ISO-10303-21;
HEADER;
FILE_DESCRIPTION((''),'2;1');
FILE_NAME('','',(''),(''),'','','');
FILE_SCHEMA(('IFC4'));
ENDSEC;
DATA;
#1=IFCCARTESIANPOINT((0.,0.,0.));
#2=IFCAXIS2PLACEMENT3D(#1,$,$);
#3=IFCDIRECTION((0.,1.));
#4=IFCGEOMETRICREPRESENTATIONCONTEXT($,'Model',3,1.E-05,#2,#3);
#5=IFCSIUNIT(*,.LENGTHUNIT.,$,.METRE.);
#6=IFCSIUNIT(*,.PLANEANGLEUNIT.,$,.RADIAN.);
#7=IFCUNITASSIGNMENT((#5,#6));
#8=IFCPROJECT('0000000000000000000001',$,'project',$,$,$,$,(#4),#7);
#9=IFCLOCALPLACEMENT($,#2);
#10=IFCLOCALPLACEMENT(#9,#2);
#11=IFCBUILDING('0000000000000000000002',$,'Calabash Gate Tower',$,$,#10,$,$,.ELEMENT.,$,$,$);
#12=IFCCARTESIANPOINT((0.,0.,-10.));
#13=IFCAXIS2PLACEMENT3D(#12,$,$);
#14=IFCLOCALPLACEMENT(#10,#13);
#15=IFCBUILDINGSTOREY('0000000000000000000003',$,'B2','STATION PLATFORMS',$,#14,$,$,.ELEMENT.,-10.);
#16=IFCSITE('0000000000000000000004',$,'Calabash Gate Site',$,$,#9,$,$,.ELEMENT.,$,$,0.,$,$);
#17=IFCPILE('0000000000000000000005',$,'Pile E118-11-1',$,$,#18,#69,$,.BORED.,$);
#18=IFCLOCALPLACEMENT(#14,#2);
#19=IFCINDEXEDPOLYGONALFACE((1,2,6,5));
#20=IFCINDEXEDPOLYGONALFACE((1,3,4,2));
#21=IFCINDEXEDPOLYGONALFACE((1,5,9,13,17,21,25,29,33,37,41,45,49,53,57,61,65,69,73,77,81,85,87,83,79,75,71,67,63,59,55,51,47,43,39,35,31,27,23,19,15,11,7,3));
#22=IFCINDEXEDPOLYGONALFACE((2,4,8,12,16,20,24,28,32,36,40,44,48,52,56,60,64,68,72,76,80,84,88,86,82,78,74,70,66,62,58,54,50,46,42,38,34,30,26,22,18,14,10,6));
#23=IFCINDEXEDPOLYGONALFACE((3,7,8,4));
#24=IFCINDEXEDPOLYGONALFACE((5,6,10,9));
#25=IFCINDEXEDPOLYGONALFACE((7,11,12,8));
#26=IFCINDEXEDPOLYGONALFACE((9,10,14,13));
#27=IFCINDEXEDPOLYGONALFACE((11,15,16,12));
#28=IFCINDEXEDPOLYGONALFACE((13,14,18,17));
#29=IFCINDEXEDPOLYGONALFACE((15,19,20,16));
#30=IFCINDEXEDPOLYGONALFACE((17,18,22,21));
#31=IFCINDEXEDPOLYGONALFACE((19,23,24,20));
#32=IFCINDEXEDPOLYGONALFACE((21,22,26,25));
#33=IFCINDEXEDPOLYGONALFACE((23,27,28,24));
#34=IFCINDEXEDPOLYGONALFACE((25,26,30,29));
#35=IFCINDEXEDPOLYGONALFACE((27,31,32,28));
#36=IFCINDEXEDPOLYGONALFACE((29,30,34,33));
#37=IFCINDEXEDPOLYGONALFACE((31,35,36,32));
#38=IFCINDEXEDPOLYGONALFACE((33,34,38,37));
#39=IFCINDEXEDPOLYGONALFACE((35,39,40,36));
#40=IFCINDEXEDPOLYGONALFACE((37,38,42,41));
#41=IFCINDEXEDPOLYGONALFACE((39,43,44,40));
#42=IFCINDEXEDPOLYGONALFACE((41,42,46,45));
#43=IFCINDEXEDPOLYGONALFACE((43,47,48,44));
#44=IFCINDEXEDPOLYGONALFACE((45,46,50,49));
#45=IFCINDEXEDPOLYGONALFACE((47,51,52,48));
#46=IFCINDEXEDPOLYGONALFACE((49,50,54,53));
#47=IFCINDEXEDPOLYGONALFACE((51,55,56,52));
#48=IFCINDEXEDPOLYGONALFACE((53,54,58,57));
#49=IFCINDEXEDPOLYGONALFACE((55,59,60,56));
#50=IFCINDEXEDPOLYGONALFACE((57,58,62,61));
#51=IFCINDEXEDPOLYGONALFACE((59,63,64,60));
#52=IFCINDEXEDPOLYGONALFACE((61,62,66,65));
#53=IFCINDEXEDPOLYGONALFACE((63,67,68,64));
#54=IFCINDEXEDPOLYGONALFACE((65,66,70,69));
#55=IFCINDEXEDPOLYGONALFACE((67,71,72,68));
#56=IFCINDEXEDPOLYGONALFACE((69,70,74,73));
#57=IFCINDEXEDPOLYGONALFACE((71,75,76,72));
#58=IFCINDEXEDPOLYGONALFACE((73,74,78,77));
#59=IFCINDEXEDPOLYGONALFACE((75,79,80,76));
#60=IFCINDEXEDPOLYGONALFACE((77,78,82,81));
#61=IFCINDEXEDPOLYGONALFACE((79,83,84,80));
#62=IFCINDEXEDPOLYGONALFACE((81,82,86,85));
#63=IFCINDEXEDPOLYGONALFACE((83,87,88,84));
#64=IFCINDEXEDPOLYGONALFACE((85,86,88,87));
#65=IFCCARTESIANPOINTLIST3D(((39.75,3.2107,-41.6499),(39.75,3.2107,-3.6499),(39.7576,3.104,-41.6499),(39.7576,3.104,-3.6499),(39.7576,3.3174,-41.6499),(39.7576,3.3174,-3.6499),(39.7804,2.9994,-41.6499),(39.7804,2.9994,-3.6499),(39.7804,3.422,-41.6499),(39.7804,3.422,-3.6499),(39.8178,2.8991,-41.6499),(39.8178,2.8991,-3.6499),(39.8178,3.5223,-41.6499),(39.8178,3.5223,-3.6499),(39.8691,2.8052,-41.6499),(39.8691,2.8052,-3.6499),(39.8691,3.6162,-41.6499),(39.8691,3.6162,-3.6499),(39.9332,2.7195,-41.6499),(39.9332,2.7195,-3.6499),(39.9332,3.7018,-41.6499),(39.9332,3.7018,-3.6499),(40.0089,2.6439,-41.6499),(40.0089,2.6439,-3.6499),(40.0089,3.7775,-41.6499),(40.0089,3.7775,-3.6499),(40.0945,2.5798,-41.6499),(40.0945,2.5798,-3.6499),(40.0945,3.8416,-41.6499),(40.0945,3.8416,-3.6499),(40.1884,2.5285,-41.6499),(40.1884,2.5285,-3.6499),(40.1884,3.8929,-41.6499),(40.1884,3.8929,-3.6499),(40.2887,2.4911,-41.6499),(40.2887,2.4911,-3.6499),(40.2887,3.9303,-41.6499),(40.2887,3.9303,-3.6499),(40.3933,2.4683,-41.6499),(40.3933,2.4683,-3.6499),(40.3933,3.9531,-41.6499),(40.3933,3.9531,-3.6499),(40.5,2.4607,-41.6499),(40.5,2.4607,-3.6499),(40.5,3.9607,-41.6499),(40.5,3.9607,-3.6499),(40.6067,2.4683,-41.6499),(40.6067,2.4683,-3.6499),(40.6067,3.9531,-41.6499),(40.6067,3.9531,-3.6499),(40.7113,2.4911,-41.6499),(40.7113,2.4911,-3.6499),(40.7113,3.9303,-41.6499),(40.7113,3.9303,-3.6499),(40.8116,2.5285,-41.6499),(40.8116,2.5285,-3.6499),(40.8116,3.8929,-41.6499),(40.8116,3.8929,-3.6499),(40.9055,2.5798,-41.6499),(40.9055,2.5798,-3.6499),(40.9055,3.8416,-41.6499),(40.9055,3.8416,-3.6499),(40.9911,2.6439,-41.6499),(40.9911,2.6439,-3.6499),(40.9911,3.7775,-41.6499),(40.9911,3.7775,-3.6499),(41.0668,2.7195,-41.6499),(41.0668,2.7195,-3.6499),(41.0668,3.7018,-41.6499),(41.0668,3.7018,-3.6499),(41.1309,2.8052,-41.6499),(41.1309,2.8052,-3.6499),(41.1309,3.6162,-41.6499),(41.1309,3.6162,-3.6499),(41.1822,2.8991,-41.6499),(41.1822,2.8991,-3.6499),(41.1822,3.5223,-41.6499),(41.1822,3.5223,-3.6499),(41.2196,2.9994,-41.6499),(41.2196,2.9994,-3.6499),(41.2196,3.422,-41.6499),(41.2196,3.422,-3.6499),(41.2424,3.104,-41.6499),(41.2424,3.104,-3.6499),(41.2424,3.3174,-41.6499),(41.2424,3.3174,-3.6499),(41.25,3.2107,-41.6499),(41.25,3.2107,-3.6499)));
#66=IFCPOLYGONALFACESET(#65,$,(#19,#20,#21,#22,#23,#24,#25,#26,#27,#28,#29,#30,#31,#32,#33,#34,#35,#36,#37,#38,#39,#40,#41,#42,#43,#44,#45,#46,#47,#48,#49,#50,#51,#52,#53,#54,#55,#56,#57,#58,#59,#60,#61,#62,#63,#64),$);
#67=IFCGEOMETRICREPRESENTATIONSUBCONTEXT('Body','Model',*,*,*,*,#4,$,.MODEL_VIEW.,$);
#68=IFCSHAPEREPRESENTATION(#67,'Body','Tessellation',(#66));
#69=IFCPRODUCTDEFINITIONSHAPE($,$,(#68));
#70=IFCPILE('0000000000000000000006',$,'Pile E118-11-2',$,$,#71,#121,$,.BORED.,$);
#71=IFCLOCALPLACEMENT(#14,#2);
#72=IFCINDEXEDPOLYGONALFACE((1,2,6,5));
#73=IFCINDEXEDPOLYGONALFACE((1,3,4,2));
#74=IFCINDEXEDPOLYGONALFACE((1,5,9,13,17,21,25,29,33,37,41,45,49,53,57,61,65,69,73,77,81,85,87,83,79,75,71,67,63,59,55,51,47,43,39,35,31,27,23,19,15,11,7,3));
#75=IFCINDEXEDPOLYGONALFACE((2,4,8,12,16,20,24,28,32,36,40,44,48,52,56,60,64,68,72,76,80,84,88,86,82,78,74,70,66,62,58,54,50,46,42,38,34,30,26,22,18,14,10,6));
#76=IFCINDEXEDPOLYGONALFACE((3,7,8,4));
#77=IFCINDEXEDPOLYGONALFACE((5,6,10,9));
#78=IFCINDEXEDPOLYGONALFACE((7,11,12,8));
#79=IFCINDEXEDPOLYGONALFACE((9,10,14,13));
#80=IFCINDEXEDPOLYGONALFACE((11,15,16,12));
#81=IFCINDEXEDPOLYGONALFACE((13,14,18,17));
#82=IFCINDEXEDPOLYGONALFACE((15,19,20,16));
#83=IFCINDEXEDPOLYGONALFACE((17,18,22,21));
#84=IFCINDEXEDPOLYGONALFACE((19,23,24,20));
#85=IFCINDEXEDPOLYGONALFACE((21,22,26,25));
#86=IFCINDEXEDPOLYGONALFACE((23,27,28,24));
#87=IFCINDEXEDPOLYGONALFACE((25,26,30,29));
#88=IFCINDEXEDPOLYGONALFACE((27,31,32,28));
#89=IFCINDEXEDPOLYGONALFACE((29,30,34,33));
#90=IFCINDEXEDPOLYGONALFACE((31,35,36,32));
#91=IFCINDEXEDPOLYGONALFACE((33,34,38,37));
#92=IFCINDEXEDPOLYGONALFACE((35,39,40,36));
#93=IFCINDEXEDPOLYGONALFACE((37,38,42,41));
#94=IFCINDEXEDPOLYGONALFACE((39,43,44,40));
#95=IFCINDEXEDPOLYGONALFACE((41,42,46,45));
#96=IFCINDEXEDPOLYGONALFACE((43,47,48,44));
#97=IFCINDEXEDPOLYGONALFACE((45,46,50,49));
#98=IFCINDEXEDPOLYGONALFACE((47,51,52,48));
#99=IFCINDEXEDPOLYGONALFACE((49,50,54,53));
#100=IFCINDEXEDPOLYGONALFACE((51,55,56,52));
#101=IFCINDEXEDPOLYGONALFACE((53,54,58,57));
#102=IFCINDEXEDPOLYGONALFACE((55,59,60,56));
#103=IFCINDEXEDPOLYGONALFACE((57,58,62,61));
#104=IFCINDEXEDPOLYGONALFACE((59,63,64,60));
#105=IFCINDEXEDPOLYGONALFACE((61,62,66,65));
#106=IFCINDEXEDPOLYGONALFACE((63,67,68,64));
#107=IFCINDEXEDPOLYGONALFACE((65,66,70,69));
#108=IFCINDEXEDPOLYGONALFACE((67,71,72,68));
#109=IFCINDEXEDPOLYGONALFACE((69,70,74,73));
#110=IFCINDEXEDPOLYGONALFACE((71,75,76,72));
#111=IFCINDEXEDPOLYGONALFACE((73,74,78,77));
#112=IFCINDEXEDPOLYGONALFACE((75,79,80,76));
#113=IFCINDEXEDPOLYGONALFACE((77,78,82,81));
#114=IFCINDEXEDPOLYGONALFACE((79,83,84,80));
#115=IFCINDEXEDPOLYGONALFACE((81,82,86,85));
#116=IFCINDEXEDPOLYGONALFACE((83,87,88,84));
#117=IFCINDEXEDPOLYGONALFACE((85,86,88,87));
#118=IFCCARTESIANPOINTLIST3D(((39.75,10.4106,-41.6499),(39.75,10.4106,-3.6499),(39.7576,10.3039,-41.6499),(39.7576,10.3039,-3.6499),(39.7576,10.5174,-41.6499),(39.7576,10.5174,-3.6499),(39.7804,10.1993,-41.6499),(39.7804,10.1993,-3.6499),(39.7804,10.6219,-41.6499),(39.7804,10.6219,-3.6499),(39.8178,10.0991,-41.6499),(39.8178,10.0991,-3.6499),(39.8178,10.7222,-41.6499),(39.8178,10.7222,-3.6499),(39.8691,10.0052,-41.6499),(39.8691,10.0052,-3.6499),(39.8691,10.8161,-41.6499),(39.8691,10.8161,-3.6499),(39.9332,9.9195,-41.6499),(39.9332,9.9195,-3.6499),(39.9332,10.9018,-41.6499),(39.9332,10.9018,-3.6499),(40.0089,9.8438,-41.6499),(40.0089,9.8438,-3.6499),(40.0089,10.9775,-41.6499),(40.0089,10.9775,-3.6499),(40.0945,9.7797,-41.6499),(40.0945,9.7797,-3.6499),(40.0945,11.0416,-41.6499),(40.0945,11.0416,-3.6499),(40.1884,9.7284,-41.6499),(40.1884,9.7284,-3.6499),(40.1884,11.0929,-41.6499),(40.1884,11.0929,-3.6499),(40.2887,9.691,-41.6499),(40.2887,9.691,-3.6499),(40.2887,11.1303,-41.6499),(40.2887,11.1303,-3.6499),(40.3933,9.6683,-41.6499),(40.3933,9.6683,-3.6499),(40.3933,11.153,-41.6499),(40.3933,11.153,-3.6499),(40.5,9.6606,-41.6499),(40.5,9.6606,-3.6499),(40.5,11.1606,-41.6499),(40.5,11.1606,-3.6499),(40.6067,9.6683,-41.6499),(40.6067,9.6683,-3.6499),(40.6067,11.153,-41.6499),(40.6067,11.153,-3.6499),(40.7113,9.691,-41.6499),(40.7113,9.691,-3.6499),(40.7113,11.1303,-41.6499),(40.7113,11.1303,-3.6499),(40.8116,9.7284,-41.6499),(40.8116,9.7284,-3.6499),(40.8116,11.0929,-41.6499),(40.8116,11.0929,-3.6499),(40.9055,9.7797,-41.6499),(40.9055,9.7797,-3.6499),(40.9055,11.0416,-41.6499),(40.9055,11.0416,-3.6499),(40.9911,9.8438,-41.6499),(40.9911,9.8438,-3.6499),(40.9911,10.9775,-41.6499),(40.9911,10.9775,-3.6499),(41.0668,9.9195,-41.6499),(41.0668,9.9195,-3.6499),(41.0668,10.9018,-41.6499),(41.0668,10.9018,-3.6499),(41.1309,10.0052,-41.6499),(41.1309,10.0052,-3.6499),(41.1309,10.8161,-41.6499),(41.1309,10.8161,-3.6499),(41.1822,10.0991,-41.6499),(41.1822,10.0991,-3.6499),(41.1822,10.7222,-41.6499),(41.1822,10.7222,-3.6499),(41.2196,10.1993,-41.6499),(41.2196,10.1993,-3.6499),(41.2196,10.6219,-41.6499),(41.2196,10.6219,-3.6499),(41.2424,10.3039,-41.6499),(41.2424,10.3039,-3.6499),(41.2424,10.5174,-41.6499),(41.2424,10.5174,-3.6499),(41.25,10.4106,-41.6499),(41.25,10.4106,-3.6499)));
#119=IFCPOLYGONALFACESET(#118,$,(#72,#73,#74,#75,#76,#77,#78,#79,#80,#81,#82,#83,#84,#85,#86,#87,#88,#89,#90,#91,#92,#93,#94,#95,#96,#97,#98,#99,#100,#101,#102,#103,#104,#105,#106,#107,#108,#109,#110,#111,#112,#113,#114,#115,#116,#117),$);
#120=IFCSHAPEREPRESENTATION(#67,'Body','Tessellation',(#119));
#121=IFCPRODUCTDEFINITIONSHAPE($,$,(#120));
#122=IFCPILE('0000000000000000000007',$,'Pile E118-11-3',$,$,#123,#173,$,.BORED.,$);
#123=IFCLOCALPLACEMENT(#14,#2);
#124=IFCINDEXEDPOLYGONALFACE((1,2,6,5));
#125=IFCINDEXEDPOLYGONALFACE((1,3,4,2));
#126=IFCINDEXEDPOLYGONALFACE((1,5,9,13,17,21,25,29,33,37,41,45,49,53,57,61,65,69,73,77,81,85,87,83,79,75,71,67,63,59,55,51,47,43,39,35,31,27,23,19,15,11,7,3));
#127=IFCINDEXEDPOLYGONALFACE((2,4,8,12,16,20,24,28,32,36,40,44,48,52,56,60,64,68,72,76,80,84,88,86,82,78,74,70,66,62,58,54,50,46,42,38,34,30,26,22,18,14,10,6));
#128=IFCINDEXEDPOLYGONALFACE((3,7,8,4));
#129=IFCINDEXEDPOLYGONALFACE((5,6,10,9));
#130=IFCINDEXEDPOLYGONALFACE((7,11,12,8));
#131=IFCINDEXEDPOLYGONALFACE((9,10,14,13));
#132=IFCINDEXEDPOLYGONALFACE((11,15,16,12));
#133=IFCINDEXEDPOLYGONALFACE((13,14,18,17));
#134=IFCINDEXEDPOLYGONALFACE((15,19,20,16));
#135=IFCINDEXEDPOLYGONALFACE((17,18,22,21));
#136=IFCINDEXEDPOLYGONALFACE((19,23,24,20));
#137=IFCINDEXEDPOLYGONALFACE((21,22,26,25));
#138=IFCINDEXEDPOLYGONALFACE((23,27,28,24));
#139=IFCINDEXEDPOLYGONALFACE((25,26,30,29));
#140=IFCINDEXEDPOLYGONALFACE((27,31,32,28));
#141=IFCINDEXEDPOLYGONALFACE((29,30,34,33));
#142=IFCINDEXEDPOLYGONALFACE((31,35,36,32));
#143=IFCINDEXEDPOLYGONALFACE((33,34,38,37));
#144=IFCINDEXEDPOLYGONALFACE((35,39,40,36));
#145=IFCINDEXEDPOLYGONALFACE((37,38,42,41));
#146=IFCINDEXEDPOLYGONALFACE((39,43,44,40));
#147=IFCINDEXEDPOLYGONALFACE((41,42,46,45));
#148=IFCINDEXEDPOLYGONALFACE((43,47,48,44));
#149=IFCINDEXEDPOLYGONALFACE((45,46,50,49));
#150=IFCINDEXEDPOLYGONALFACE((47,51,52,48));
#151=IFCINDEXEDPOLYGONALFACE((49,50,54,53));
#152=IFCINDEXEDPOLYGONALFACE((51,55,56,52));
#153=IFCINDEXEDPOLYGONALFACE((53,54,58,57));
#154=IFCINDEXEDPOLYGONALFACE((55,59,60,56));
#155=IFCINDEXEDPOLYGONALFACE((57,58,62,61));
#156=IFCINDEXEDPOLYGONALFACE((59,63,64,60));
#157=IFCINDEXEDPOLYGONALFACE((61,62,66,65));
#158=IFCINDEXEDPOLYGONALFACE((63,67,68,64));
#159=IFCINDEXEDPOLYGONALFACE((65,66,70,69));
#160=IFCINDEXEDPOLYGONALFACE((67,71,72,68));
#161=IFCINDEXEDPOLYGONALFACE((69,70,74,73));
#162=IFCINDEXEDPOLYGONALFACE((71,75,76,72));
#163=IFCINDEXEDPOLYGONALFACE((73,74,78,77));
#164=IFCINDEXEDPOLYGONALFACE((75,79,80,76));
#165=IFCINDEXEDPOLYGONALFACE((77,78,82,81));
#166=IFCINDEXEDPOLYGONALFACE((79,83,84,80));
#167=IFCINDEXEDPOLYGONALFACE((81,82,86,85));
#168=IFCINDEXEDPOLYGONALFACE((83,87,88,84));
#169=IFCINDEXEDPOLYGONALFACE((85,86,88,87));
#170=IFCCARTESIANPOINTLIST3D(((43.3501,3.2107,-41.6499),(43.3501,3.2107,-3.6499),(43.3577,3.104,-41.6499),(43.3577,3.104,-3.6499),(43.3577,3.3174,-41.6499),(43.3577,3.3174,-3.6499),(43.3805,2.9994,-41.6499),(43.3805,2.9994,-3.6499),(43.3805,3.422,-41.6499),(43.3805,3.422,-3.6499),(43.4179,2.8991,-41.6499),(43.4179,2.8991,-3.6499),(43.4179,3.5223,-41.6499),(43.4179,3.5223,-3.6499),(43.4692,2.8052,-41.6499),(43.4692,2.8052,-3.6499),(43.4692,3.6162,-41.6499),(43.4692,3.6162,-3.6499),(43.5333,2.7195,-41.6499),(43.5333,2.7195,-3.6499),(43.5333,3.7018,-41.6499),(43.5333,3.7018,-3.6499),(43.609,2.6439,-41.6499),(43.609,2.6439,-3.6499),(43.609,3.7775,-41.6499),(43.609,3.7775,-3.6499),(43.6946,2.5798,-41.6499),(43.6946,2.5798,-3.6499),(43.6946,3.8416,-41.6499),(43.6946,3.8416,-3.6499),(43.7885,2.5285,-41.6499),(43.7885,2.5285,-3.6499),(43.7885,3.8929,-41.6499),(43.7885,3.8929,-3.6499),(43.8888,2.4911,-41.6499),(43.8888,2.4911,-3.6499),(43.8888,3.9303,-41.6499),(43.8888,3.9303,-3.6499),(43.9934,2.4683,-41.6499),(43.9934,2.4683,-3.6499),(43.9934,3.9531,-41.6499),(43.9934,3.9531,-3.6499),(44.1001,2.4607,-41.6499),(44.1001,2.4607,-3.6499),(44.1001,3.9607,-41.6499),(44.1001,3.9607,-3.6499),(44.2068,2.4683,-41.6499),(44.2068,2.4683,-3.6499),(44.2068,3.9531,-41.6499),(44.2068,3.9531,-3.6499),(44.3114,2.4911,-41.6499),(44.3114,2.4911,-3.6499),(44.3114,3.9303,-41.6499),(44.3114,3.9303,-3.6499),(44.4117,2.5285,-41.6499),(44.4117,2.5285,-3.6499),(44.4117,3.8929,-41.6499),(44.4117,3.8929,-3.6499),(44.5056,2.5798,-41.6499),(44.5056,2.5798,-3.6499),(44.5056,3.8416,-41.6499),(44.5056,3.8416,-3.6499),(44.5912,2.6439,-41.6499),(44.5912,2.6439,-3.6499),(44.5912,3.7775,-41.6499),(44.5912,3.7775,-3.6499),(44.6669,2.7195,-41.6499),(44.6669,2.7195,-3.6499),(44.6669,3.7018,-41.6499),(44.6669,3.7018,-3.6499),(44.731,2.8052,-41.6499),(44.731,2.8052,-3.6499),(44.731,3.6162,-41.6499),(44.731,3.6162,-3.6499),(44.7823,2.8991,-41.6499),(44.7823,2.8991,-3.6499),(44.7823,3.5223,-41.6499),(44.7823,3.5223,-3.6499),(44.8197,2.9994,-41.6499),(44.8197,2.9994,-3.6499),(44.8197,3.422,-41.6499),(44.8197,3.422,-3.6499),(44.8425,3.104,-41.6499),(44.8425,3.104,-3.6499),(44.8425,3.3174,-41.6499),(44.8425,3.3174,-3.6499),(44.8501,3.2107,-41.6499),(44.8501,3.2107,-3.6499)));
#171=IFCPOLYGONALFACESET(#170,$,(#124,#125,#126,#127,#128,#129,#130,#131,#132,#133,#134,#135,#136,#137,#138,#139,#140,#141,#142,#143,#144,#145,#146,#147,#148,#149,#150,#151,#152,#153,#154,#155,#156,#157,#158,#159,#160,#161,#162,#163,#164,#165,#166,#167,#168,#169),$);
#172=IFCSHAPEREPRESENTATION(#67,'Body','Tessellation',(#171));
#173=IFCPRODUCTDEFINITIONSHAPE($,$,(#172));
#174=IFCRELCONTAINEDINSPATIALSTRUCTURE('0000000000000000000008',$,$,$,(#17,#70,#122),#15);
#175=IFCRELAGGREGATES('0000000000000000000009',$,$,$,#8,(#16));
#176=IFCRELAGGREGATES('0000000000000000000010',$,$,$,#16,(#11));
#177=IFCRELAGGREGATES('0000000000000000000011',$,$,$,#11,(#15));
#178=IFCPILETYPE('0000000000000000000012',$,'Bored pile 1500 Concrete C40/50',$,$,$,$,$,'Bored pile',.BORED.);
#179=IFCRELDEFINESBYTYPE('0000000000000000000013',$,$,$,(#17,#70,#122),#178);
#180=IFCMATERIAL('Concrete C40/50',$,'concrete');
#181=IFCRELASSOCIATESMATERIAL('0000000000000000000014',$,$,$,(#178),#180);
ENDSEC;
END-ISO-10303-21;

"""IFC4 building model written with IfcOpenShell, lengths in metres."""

from ifc_helpers import new_model, si_unit, direction, frame, origin, origin_2d, place, context, subcontext, project, spatial, circle, extrude, material, material_profile, profile_set, type_object, element, save


model = new_model("IFC4")

# Units and contexts
model_context = context("Model", 3, precision=1e-05, world=origin(), true_north=direction((0.0, 1.0)))
body_context = subcontext(model_context, "Body", "Model", "MODEL_VIEW")
ifc_project = project(units=[si_unit("LENGTHUNIT", "METRE"), si_unit("PLANEANGLEUNIT", "RADIAN")], contexts=[model_context])

# Site, building, storey
site_placement = place(None, origin())
site = spatial("IfcSite", under=ifc_project, at=site_placement, Name="Calabash Gate Site", CompositionType="ELEMENT", RefElevation=0.0)
building_placement = place(site_placement, origin())
building = spatial("IfcBuilding", under=site, at=building_placement, Name="Calabash Gate Tower", CompositionType="ELEMENT")
storey_placement = place(building_placement, frame((0.0, 0.0, -10.0)))
storey = spatial("IfcBuildingStorey", under=building, at=storey_placement, Name="B2", Description="STATION PLATFORMS", CompositionType="ELEMENT", Elevation=-10.0)

# Piles
ifc_material_1 = material(Name="Concrete C40/50", Category="concrete")
ifc_material_profile_1 = material_profile(ifc_material_1, circle(Radius=0.75, at=origin_2d()))
ifc_profile_set_1 = profile_set([ifc_material_profile_1], Name="Concrete C40/50")
pile_type = type_object("IfcPileType", Name="Bored pile 1500 Concrete C40/50", ElementType="Bored pile", PredefinedType="BORED", material=ifc_profile_set_1)
for number, where, z_axis, x_axis, name in (
    (1, (40.5, 3.2107, -3.6499), (0.0, 0.0, -1.0), (1.0, 0.0, 0.0), "Pile E118-11-1"),
    (2, (40.5, 10.4106, -3.6499), (0.0, 0.0, -1.0), (1.0, 0.0, 0.0), "Pile E118-11-2"),
    (3, (44.1001, 3.2107, -3.6499), (0.0, 0.0, -1.0), (1.0, 0.0, 0.0), "Pile E118-11-3"),
):
    element("IfcPile", number, at=place(storey_placement, frame(where, z_axis=z_axis, x_axis=x_axis)), inside=storey, type_object=pile_type, Name=name, PredefinedType="BORED", context=body_context, shape_type="SweptSolid", body=[
        extrude(circle(Radius=0.75, at=origin_2d()), origin(), (0.0, 0.0, 1.0), 38.0),
    ])

save(model, "model.ifc")
